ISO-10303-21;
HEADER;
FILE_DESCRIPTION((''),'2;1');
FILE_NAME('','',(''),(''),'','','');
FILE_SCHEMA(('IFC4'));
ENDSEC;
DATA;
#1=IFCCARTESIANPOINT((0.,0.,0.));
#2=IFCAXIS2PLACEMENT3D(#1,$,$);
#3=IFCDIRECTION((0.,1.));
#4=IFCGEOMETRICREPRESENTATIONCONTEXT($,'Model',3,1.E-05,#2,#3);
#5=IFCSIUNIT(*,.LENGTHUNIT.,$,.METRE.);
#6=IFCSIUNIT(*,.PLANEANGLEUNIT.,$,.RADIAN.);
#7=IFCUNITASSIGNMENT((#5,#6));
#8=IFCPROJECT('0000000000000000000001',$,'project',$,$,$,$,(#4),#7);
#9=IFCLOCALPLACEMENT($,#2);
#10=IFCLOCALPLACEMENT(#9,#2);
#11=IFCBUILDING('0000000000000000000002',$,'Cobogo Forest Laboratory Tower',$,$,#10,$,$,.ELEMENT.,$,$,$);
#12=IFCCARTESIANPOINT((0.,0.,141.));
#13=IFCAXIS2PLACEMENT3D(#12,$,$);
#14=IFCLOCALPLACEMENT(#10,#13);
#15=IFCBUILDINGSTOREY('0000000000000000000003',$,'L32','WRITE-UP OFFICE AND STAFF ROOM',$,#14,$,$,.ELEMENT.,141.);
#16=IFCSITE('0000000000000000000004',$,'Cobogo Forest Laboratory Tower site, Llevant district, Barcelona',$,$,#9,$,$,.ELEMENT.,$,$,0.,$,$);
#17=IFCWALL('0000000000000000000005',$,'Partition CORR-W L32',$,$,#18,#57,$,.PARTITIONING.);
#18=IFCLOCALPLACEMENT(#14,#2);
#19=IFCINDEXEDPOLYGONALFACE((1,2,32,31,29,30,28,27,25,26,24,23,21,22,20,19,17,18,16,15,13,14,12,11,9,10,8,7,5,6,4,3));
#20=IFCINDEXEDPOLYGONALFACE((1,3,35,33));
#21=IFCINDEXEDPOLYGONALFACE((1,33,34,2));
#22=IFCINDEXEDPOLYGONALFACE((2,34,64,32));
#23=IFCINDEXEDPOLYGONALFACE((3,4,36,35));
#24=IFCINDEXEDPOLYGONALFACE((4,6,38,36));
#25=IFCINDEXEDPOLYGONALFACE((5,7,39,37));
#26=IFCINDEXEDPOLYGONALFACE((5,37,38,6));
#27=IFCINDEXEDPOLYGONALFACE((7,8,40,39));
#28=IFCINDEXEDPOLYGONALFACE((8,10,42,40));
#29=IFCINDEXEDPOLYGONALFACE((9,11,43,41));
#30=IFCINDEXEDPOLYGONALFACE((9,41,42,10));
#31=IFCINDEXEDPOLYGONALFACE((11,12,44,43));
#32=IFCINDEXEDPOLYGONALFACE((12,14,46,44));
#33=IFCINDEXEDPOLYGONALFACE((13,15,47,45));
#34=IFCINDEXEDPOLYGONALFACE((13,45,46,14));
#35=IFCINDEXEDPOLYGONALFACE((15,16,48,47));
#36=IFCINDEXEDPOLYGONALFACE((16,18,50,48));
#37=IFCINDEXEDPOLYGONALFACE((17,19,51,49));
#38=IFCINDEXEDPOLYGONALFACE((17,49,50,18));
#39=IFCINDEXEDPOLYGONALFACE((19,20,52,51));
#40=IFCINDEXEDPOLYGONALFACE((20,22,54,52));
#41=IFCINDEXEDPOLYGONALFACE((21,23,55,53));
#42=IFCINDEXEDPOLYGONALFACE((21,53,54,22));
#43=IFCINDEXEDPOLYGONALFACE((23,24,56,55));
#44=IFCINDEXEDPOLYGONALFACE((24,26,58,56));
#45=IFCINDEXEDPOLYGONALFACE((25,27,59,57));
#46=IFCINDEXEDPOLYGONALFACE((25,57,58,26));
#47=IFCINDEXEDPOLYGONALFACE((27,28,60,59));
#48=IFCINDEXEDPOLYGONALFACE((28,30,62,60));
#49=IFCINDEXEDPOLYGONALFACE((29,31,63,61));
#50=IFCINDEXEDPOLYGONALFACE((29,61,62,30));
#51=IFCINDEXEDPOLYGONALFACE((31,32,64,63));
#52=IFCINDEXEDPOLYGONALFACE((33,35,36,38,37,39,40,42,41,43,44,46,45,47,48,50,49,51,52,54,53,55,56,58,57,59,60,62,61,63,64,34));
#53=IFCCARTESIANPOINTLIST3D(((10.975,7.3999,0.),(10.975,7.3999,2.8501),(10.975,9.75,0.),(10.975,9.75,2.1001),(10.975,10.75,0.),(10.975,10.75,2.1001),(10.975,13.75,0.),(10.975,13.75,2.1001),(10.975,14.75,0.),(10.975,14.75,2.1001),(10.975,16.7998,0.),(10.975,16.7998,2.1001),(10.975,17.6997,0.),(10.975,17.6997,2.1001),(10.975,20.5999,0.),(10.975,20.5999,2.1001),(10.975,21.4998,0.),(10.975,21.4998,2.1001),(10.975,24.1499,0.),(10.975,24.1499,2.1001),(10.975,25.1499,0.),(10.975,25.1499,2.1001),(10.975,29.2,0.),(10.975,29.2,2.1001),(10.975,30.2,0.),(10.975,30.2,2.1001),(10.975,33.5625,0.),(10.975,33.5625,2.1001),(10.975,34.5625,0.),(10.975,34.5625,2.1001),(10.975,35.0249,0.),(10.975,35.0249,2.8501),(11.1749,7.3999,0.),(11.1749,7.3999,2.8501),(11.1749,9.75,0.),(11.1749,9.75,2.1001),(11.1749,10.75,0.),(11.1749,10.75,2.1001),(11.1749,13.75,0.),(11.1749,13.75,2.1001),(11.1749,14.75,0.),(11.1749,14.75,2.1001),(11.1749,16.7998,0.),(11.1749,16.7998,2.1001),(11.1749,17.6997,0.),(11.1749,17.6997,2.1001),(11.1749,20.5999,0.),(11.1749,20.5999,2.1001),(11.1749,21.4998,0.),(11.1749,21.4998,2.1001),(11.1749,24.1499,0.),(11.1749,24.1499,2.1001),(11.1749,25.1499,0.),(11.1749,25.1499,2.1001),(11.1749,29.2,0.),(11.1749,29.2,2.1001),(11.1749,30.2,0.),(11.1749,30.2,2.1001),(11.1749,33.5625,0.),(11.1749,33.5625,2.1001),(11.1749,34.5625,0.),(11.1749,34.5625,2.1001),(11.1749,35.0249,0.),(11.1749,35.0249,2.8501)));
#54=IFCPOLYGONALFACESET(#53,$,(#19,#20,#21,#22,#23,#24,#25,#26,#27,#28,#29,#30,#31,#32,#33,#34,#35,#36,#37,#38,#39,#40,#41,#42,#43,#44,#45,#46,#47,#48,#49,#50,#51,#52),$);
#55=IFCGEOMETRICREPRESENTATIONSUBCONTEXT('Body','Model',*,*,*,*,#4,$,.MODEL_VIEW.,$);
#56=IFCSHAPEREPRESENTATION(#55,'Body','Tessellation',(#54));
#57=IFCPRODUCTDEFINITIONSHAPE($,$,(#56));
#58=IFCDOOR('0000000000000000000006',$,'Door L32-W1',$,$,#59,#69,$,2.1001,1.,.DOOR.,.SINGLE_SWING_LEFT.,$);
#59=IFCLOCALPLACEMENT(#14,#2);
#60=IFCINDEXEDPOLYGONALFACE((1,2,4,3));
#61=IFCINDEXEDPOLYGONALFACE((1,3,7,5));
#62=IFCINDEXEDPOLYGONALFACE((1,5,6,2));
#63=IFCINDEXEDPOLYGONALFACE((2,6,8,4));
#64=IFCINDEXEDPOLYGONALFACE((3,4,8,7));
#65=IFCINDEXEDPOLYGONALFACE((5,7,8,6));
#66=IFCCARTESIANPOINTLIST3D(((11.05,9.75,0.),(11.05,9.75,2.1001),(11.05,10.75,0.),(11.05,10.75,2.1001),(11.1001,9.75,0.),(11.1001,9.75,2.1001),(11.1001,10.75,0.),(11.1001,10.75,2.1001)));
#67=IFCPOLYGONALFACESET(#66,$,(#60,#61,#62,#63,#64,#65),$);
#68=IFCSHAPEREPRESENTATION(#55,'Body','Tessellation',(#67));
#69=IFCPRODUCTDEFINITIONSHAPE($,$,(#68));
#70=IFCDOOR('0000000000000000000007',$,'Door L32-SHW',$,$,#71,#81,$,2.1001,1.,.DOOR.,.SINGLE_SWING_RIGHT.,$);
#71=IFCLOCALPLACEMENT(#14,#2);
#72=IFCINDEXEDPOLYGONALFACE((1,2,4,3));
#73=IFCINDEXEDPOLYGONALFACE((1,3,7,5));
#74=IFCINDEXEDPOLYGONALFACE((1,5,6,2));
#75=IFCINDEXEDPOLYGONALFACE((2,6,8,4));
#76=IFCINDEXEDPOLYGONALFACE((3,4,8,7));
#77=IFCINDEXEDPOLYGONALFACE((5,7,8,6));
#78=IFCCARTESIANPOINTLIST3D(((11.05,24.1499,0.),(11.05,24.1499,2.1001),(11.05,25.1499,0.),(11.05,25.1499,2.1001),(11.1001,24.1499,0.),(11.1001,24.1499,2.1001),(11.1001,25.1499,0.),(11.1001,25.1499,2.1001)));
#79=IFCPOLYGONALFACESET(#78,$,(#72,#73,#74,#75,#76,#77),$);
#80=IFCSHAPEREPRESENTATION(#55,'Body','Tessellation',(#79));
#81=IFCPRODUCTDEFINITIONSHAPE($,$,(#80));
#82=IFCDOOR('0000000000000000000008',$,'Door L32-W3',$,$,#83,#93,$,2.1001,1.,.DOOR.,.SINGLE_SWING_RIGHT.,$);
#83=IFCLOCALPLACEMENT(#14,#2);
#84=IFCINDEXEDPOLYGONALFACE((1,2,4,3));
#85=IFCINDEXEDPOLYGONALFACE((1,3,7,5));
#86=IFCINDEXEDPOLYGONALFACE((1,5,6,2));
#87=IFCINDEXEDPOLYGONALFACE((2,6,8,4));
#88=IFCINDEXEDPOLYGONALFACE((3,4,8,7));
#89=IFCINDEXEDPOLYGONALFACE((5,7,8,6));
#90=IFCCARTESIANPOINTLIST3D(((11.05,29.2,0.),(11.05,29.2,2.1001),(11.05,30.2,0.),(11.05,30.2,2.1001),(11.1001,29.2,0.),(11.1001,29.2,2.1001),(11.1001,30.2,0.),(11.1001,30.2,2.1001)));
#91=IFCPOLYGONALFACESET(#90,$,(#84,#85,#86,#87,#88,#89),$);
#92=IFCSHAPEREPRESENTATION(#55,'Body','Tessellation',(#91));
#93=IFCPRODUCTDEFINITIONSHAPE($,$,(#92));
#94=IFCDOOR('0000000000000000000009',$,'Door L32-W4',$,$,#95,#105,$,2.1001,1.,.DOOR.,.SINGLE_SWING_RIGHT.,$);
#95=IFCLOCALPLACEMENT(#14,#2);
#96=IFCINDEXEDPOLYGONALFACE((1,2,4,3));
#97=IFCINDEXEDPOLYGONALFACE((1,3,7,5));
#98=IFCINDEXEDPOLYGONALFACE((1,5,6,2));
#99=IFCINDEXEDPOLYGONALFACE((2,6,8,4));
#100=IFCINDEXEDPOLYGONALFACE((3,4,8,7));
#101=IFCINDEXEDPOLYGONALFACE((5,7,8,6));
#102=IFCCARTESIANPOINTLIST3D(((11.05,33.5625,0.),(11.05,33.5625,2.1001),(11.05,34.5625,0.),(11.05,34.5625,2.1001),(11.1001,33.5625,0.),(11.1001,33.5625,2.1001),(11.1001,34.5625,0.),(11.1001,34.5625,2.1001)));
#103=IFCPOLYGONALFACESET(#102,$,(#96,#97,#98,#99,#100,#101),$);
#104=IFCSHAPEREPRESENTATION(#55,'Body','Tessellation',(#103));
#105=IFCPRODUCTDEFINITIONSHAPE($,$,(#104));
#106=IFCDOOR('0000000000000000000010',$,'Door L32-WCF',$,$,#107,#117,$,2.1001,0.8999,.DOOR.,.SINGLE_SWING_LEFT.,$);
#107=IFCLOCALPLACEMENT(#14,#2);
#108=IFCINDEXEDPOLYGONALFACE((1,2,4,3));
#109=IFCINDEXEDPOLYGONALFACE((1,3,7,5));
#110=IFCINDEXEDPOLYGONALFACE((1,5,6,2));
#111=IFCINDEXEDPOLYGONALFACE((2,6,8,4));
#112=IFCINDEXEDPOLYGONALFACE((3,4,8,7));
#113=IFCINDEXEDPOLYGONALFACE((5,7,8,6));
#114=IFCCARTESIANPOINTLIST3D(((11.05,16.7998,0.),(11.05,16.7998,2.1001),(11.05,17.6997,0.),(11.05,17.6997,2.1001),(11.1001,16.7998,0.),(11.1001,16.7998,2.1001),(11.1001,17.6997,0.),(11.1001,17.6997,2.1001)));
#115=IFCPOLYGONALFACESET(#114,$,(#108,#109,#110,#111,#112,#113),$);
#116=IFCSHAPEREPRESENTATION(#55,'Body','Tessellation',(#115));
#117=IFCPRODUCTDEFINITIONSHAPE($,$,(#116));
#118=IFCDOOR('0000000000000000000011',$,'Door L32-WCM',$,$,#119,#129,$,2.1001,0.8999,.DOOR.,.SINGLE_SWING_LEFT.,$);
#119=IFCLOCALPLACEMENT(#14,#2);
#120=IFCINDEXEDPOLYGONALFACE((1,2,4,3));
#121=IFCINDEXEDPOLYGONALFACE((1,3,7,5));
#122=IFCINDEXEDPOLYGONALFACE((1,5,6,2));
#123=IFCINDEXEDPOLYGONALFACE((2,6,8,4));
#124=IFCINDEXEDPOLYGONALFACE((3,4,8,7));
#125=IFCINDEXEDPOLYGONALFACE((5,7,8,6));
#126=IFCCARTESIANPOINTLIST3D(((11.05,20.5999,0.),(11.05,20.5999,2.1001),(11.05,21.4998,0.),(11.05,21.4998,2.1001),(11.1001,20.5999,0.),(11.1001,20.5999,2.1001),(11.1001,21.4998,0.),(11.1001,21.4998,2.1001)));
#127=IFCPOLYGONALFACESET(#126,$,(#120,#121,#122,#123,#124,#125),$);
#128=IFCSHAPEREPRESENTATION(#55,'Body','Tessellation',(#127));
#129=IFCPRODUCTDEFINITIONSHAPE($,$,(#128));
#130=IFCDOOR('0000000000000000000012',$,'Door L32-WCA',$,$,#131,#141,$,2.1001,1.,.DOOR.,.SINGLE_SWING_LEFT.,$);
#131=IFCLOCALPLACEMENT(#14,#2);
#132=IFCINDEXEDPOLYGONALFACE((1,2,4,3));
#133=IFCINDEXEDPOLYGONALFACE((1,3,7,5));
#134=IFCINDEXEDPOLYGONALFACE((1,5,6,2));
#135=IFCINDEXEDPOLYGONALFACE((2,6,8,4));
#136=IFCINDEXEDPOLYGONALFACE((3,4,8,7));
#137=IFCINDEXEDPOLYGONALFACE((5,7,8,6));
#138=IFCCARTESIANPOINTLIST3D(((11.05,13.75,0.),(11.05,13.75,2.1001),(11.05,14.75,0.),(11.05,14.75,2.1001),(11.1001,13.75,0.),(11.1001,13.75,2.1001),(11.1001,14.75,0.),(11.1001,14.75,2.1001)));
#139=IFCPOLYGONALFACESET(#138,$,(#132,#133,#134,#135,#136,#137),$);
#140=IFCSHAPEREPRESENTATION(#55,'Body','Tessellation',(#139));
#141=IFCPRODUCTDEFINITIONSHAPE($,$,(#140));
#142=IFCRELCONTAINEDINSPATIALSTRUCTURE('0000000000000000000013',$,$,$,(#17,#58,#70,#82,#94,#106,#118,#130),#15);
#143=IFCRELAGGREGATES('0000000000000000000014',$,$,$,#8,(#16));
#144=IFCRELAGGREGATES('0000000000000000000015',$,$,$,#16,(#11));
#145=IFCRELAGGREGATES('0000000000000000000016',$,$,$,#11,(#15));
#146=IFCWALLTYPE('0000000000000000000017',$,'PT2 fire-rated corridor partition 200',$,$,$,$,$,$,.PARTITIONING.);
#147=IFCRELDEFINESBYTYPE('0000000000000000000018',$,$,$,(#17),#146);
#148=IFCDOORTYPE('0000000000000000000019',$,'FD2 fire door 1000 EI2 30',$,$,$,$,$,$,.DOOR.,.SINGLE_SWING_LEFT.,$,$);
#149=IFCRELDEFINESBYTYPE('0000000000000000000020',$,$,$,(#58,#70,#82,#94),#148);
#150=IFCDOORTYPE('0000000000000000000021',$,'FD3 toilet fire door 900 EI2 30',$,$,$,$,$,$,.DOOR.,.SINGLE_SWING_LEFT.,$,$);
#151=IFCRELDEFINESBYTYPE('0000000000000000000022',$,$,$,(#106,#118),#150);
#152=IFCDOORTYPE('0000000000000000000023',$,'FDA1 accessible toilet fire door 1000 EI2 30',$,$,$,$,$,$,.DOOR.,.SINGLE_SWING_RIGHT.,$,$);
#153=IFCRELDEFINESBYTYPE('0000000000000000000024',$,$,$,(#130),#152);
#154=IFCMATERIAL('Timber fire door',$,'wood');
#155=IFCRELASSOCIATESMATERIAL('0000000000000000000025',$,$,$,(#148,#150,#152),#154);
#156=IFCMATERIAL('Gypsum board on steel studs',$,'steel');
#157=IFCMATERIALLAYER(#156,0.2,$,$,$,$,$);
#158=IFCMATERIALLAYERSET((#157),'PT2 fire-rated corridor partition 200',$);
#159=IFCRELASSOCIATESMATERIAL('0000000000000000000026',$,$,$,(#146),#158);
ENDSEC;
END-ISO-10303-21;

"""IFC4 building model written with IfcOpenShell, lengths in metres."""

from ifc_helpers import new_model, si_unit, direction, frame, frame_2d, origin, place, context, subcontext, project, spatial, rectangle, extrude, material, layer, layer_set, type_object, element, fill, save


model = new_model("IFC4")

# Units and contexts
model_context = context("Model", 3, precision=1e-05, world=origin(), true_north=direction((0.0, 1.0)))
body_context = subcontext(model_context, "Body", "Model", "MODEL_VIEW")
ifc_project = project(units=[si_unit("LENGTHUNIT", "METRE"), si_unit("PLANEANGLEUNIT", "RADIAN")], contexts=[model_context])

# Site, building, storey
site_placement = place(None, origin())
site = spatial("IfcSite", under=ifc_project, at=site_placement, Name="Cobogo Forest Laboratory Tower site, Llevant district, Barcelona", CompositionType="ELEMENT", RefElevation=0.0)
building_placement = place(site_placement, origin())
building = spatial("IfcBuilding", under=site, at=building_placement, Name="Cobogo Forest Laboratory Tower", CompositionType="ELEMENT")
storey_placement = place(building_placement, frame((0.0, 0.0, 141.0)))
storey = spatial("IfcBuildingStorey", under=building, at=storey_placement, Name="L32", Description="WRITE-UP OFFICE AND STAFF ROOM", CompositionType="ELEMENT", Elevation=141.0)

# Shared definitions
ifc_material_1 = material(Name="Gypsum board on steel studs", Category="steel")
ifc_material_2 = material(Name="Timber fire door", Category="wood")
door_type_1 = type_object("IfcDoorType", Name="FD2 fire door 1000 EI2 30", OperationType="SINGLE_SWING_LEFT", PredefinedType="DOOR", material=ifc_material_2)

# Wall, openings, doors
ifc_layer_1 = layer(ifc_material_1, 0.2)
ifc_layer_set_1 = layer_set([ifc_layer_1], Name="PT2 fire-rated corridor partition 200")
wall_type_1 = type_object("IfcWallType", Name="PT2 fire-rated corridor partition 200", PredefinedType="PARTITIONING", material=ifc_layer_set_1)
wall_1_placement = place(storey_placement, frame((11.075, 7.3999, 0.0), z_axis=(0.0, 0.0, 1.0), x_axis=(0.0, 1.0, 0.0)))
wall_1 = element("IfcWall", 1, at=wall_1_placement, inside=storey, type_object=wall_type_1, Name="Partition CORR-W L32", PredefinedType="PARTITIONING", context=body_context, shape_type="SweptSolid", body=[
    extrude(rectangle(XDim=27.625, YDim=0.2, at=frame_2d((13.8125, 0.0))), origin(), (0.0, 0.0, 1.0), 2.8501),
])
opening_1_placement = place(wall_1_placement, frame((2.3501, 0.0, 0.0)))
opening_1 = element("IfcOpeningElement", 2, at=opening_1_placement, cuts=wall_1, PredefinedType="OPENING", context=body_context, shape_type="SweptSolid", body=[
    extrude(rectangle(XDim=1.0, YDim=2.1001, at=frame_2d((0.5, 1.05))), frame((0.0, 0.1099, 0.0), z_axis=(0.0, -1.0, 0.0), x_axis=(1.0, 0.0, 0.0)), (0.0, 0.0, 1.0), 0.22),
])
opening_2_placement = place(wall_1_placement, frame((6.3501, 0.0, 0.0)))
opening_2 = element("IfcOpeningElement", 3, at=opening_2_placement, cuts=wall_1, PredefinedType="OPENING", context=body_context, shape_type="SweptSolid", body=[
    extrude(rectangle(XDim=1.0, YDim=2.1001, at=frame_2d((0.5, 1.05))), frame((0.0, 0.1099, 0.0), z_axis=(0.0, -1.0, 0.0), x_axis=(1.0, 0.0, 0.0)), (0.0, 0.0, 1.0), 0.22),
])
opening_3_placement = place(wall_1_placement, frame((9.3999, 0.0, 0.0)))
opening_3 = element("IfcOpeningElement", 4, at=opening_3_placement, cuts=wall_1, PredefinedType="OPENING", context=body_context, shape_type="SweptSolid", body=[
    extrude(rectangle(XDim=0.8999, YDim=2.1001, at=frame_2d((0.45, 1.05))), frame((0.0, 0.1099, 0.0), z_axis=(0.0, -1.0, 0.0), x_axis=(1.0, 0.0, 0.0)), (0.0, 0.0, 1.0), 0.22),
])
opening_4_placement = place(wall_1_placement, frame((13.2, 0.0, 0.0)))
opening_4 = element("IfcOpeningElement", 5, at=opening_4_placement, cuts=wall_1, PredefinedType="OPENING", context=body_context, shape_type="SweptSolid", body=[
    extrude(rectangle(XDim=0.8999, YDim=2.1001, at=frame_2d((0.45, 1.05))), frame((0.0, 0.1099, 0.0), z_axis=(0.0, -1.0, 0.0), x_axis=(1.0, 0.0, 0.0)), (0.0, 0.0, 1.0), 0.22),
])
opening_5_placement = place(wall_1_placement, frame((16.75, 0.0, 0.0)))
opening_5 = element("IfcOpeningElement", 6, at=opening_5_placement, cuts=wall_1, PredefinedType="OPENING", context=body_context, shape_type="SweptSolid", body=[
    extrude(rectangle(XDim=1.0, YDim=2.1001, at=frame_2d((0.5, 1.05))), frame((0.0, 0.1099, 0.0), z_axis=(0.0, -1.0, 0.0), x_axis=(1.0, 0.0, 0.0)), (0.0, 0.0, 1.0), 0.22),
])
opening_6_placement = place(wall_1_placement, frame((21.8, 0.0, 0.0)))
opening_6 = element("IfcOpeningElement", 7, at=opening_6_placement, cuts=wall_1, PredefinedType="OPENING", context=body_context, shape_type="SweptSolid", body=[
    extrude(rectangle(XDim=1.0, YDim=2.1001, at=frame_2d((0.5, 1.05))), frame((0.0, 0.1099, 0.0), z_axis=(0.0, -1.0, 0.0), x_axis=(1.0, 0.0, 0.0)), (0.0, 0.0, 1.0), 0.22),
])
opening_7_placement = place(wall_1_placement, frame((26.1626, 0.0, 0.0)))
opening_7 = element("IfcOpeningElement", 8, at=opening_7_placement, cuts=wall_1, PredefinedType="OPENING", context=body_context, shape_type="SweptSolid", body=[
    extrude(rectangle(XDim=1.0, YDim=2.1001, at=frame_2d((0.5, 1.05))), frame((0.0, 0.1099, 0.0), z_axis=(0.0, -1.0, 0.0), x_axis=(1.0, 0.0, 0.0)), (0.0, 0.0, 1.0), 0.22),
])
door_1_placement = place(opening_1_placement, origin())
door_1 = element("IfcDoor", 9, at=door_1_placement, inside=storey, type_object=door_type_1, Name="Door L32-W1", OperationType="SINGLE_SWING_LEFT", OverallHeight=2.1001, OverallWidth=1.0, PredefinedType="DOOR", context=body_context, shape_type="SweptSolid", body=[
    extrude(rectangle(XDim=1.0, YDim=2.1001, at=frame_2d((0.5, 1.05))), frame((0.0, 0.0249, 0.0), z_axis=(0.0, -1.0, 0.0), x_axis=(1.0, 0.0, 0.0)), (0.0, 0.0, 1.0), 0.05),
])
fill(opening_1, door_1)
door_2_placement = place(opening_5_placement, origin())
door_2 = element("IfcDoor", 10, at=door_2_placement, inside=storey, type_object=door_type_1, Name="Door L32-SHW", OperationType="SINGLE_SWING_RIGHT", OverallHeight=2.1001, OverallWidth=1.0, PredefinedType="DOOR", context=body_context, shape_type="SweptSolid", body=[
    extrude(rectangle(XDim=1.0, YDim=2.1001, at=frame_2d((0.5, 1.05))), frame((0.0, 0.0249, 0.0), z_axis=(0.0, -1.0, 0.0), x_axis=(1.0, 0.0, 0.0)), (0.0, 0.0, 1.0), 0.05),
])
fill(opening_5, door_2)
door_3_placement = place(opening_6_placement, origin())
door_3 = element("IfcDoor", 11, at=door_3_placement, inside=storey, type_object=door_type_1, Name="Door L32-W3", OperationType="SINGLE_SWING_RIGHT", OverallHeight=2.1001, OverallWidth=1.0, PredefinedType="DOOR", context=body_context, shape_type="SweptSolid", body=[
    extrude(rectangle(XDim=1.0, YDim=2.1001, at=frame_2d((0.5, 1.05))), frame((0.0, 0.0249, 0.0), z_axis=(0.0, -1.0, 0.0), x_axis=(1.0, 0.0, 0.0)), (0.0, 0.0, 1.0), 0.05),
])
fill(opening_6, door_3)
door_4_placement = place(opening_7_placement, origin())
door_4 = element("IfcDoor", 12, at=door_4_placement, inside=storey, type_object=door_type_1, Name="Door L32-W4", OperationType="SINGLE_SWING_RIGHT", OverallHeight=2.1001, OverallWidth=1.0, PredefinedType="DOOR", context=body_context, shape_type="SweptSolid", body=[
    extrude(rectangle(XDim=1.0, YDim=2.1001, at=frame_2d((0.5, 1.05))), frame((0.0, 0.0249, 0.0), z_axis=(0.0, -1.0, 0.0), x_axis=(1.0, 0.0, 0.0)), (0.0, 0.0, 1.0), 0.05),
])
fill(opening_7, door_4)
door_type_2 = type_object("IfcDoorType", Name="FD3 toilet fire door 900 EI2 30", OperationType="SINGLE_SWING_LEFT", PredefinedType="DOOR", material=ifc_material_2)
door_5_placement = place(opening_3_placement, origin())
door_5 = element("IfcDoor", 13, at=door_5_placement, inside=storey, type_object=door_type_2, Name="Door L32-WCF", OperationType="SINGLE_SWING_LEFT", OverallHeight=2.1001, OverallWidth=0.8999, PredefinedType="DOOR", context=body_context, shape_type="SweptSolid", body=[
    extrude(rectangle(XDim=0.8999, YDim=2.1001, at=frame_2d((0.45, 1.05))), frame((0.0, 0.0249, 0.0), z_axis=(0.0, -1.0, 0.0), x_axis=(1.0, 0.0, 0.0)), (0.0, 0.0, 1.0), 0.05),
])
fill(opening_3, door_5)
door_6_placement = place(opening_4_placement, origin())
door_6 = element("IfcDoor", 14, at=door_6_placement, inside=storey, type_object=door_type_2, Name="Door L32-WCM", OperationType="SINGLE_SWING_LEFT", OverallHeight=2.1001, OverallWidth=0.8999, PredefinedType="DOOR", context=body_context, shape_type="SweptSolid", body=[
    extrude(rectangle(XDim=0.8999, YDim=2.1001, at=frame_2d((0.45, 1.05))), frame((0.0, 0.0249, 0.0), z_axis=(0.0, -1.0, 0.0), x_axis=(1.0, 0.0, 0.0)), (0.0, 0.0, 1.0), 0.05),
])
fill(opening_4, door_6)
door_type_3 = type_object("IfcDoorType", Name="FDA1 accessible toilet fire door 1000 EI2 30", OperationType="SINGLE_SWING_RIGHT", PredefinedType="DOOR", material=ifc_material_2)
door_7_placement = place(opening_2_placement, origin())
door_7 = element("IfcDoor", 15, at=door_7_placement, inside=storey, type_object=door_type_3, Name="Door L32-WCA", OperationType="SINGLE_SWING_LEFT", OverallHeight=2.1001, OverallWidth=1.0, PredefinedType="DOOR", context=body_context, shape_type="SweptSolid", body=[
    extrude(rectangle(XDim=1.0, YDim=2.1001, at=frame_2d((0.5, 1.05))), frame((0.0, 0.0249, 0.0), z_axis=(0.0, -1.0, 0.0), x_axis=(1.0, 0.0, 0.0)), (0.0, 0.0, 1.0), 0.05),
])
fill(opening_2, door_7)

save(model, "model.ifc")
